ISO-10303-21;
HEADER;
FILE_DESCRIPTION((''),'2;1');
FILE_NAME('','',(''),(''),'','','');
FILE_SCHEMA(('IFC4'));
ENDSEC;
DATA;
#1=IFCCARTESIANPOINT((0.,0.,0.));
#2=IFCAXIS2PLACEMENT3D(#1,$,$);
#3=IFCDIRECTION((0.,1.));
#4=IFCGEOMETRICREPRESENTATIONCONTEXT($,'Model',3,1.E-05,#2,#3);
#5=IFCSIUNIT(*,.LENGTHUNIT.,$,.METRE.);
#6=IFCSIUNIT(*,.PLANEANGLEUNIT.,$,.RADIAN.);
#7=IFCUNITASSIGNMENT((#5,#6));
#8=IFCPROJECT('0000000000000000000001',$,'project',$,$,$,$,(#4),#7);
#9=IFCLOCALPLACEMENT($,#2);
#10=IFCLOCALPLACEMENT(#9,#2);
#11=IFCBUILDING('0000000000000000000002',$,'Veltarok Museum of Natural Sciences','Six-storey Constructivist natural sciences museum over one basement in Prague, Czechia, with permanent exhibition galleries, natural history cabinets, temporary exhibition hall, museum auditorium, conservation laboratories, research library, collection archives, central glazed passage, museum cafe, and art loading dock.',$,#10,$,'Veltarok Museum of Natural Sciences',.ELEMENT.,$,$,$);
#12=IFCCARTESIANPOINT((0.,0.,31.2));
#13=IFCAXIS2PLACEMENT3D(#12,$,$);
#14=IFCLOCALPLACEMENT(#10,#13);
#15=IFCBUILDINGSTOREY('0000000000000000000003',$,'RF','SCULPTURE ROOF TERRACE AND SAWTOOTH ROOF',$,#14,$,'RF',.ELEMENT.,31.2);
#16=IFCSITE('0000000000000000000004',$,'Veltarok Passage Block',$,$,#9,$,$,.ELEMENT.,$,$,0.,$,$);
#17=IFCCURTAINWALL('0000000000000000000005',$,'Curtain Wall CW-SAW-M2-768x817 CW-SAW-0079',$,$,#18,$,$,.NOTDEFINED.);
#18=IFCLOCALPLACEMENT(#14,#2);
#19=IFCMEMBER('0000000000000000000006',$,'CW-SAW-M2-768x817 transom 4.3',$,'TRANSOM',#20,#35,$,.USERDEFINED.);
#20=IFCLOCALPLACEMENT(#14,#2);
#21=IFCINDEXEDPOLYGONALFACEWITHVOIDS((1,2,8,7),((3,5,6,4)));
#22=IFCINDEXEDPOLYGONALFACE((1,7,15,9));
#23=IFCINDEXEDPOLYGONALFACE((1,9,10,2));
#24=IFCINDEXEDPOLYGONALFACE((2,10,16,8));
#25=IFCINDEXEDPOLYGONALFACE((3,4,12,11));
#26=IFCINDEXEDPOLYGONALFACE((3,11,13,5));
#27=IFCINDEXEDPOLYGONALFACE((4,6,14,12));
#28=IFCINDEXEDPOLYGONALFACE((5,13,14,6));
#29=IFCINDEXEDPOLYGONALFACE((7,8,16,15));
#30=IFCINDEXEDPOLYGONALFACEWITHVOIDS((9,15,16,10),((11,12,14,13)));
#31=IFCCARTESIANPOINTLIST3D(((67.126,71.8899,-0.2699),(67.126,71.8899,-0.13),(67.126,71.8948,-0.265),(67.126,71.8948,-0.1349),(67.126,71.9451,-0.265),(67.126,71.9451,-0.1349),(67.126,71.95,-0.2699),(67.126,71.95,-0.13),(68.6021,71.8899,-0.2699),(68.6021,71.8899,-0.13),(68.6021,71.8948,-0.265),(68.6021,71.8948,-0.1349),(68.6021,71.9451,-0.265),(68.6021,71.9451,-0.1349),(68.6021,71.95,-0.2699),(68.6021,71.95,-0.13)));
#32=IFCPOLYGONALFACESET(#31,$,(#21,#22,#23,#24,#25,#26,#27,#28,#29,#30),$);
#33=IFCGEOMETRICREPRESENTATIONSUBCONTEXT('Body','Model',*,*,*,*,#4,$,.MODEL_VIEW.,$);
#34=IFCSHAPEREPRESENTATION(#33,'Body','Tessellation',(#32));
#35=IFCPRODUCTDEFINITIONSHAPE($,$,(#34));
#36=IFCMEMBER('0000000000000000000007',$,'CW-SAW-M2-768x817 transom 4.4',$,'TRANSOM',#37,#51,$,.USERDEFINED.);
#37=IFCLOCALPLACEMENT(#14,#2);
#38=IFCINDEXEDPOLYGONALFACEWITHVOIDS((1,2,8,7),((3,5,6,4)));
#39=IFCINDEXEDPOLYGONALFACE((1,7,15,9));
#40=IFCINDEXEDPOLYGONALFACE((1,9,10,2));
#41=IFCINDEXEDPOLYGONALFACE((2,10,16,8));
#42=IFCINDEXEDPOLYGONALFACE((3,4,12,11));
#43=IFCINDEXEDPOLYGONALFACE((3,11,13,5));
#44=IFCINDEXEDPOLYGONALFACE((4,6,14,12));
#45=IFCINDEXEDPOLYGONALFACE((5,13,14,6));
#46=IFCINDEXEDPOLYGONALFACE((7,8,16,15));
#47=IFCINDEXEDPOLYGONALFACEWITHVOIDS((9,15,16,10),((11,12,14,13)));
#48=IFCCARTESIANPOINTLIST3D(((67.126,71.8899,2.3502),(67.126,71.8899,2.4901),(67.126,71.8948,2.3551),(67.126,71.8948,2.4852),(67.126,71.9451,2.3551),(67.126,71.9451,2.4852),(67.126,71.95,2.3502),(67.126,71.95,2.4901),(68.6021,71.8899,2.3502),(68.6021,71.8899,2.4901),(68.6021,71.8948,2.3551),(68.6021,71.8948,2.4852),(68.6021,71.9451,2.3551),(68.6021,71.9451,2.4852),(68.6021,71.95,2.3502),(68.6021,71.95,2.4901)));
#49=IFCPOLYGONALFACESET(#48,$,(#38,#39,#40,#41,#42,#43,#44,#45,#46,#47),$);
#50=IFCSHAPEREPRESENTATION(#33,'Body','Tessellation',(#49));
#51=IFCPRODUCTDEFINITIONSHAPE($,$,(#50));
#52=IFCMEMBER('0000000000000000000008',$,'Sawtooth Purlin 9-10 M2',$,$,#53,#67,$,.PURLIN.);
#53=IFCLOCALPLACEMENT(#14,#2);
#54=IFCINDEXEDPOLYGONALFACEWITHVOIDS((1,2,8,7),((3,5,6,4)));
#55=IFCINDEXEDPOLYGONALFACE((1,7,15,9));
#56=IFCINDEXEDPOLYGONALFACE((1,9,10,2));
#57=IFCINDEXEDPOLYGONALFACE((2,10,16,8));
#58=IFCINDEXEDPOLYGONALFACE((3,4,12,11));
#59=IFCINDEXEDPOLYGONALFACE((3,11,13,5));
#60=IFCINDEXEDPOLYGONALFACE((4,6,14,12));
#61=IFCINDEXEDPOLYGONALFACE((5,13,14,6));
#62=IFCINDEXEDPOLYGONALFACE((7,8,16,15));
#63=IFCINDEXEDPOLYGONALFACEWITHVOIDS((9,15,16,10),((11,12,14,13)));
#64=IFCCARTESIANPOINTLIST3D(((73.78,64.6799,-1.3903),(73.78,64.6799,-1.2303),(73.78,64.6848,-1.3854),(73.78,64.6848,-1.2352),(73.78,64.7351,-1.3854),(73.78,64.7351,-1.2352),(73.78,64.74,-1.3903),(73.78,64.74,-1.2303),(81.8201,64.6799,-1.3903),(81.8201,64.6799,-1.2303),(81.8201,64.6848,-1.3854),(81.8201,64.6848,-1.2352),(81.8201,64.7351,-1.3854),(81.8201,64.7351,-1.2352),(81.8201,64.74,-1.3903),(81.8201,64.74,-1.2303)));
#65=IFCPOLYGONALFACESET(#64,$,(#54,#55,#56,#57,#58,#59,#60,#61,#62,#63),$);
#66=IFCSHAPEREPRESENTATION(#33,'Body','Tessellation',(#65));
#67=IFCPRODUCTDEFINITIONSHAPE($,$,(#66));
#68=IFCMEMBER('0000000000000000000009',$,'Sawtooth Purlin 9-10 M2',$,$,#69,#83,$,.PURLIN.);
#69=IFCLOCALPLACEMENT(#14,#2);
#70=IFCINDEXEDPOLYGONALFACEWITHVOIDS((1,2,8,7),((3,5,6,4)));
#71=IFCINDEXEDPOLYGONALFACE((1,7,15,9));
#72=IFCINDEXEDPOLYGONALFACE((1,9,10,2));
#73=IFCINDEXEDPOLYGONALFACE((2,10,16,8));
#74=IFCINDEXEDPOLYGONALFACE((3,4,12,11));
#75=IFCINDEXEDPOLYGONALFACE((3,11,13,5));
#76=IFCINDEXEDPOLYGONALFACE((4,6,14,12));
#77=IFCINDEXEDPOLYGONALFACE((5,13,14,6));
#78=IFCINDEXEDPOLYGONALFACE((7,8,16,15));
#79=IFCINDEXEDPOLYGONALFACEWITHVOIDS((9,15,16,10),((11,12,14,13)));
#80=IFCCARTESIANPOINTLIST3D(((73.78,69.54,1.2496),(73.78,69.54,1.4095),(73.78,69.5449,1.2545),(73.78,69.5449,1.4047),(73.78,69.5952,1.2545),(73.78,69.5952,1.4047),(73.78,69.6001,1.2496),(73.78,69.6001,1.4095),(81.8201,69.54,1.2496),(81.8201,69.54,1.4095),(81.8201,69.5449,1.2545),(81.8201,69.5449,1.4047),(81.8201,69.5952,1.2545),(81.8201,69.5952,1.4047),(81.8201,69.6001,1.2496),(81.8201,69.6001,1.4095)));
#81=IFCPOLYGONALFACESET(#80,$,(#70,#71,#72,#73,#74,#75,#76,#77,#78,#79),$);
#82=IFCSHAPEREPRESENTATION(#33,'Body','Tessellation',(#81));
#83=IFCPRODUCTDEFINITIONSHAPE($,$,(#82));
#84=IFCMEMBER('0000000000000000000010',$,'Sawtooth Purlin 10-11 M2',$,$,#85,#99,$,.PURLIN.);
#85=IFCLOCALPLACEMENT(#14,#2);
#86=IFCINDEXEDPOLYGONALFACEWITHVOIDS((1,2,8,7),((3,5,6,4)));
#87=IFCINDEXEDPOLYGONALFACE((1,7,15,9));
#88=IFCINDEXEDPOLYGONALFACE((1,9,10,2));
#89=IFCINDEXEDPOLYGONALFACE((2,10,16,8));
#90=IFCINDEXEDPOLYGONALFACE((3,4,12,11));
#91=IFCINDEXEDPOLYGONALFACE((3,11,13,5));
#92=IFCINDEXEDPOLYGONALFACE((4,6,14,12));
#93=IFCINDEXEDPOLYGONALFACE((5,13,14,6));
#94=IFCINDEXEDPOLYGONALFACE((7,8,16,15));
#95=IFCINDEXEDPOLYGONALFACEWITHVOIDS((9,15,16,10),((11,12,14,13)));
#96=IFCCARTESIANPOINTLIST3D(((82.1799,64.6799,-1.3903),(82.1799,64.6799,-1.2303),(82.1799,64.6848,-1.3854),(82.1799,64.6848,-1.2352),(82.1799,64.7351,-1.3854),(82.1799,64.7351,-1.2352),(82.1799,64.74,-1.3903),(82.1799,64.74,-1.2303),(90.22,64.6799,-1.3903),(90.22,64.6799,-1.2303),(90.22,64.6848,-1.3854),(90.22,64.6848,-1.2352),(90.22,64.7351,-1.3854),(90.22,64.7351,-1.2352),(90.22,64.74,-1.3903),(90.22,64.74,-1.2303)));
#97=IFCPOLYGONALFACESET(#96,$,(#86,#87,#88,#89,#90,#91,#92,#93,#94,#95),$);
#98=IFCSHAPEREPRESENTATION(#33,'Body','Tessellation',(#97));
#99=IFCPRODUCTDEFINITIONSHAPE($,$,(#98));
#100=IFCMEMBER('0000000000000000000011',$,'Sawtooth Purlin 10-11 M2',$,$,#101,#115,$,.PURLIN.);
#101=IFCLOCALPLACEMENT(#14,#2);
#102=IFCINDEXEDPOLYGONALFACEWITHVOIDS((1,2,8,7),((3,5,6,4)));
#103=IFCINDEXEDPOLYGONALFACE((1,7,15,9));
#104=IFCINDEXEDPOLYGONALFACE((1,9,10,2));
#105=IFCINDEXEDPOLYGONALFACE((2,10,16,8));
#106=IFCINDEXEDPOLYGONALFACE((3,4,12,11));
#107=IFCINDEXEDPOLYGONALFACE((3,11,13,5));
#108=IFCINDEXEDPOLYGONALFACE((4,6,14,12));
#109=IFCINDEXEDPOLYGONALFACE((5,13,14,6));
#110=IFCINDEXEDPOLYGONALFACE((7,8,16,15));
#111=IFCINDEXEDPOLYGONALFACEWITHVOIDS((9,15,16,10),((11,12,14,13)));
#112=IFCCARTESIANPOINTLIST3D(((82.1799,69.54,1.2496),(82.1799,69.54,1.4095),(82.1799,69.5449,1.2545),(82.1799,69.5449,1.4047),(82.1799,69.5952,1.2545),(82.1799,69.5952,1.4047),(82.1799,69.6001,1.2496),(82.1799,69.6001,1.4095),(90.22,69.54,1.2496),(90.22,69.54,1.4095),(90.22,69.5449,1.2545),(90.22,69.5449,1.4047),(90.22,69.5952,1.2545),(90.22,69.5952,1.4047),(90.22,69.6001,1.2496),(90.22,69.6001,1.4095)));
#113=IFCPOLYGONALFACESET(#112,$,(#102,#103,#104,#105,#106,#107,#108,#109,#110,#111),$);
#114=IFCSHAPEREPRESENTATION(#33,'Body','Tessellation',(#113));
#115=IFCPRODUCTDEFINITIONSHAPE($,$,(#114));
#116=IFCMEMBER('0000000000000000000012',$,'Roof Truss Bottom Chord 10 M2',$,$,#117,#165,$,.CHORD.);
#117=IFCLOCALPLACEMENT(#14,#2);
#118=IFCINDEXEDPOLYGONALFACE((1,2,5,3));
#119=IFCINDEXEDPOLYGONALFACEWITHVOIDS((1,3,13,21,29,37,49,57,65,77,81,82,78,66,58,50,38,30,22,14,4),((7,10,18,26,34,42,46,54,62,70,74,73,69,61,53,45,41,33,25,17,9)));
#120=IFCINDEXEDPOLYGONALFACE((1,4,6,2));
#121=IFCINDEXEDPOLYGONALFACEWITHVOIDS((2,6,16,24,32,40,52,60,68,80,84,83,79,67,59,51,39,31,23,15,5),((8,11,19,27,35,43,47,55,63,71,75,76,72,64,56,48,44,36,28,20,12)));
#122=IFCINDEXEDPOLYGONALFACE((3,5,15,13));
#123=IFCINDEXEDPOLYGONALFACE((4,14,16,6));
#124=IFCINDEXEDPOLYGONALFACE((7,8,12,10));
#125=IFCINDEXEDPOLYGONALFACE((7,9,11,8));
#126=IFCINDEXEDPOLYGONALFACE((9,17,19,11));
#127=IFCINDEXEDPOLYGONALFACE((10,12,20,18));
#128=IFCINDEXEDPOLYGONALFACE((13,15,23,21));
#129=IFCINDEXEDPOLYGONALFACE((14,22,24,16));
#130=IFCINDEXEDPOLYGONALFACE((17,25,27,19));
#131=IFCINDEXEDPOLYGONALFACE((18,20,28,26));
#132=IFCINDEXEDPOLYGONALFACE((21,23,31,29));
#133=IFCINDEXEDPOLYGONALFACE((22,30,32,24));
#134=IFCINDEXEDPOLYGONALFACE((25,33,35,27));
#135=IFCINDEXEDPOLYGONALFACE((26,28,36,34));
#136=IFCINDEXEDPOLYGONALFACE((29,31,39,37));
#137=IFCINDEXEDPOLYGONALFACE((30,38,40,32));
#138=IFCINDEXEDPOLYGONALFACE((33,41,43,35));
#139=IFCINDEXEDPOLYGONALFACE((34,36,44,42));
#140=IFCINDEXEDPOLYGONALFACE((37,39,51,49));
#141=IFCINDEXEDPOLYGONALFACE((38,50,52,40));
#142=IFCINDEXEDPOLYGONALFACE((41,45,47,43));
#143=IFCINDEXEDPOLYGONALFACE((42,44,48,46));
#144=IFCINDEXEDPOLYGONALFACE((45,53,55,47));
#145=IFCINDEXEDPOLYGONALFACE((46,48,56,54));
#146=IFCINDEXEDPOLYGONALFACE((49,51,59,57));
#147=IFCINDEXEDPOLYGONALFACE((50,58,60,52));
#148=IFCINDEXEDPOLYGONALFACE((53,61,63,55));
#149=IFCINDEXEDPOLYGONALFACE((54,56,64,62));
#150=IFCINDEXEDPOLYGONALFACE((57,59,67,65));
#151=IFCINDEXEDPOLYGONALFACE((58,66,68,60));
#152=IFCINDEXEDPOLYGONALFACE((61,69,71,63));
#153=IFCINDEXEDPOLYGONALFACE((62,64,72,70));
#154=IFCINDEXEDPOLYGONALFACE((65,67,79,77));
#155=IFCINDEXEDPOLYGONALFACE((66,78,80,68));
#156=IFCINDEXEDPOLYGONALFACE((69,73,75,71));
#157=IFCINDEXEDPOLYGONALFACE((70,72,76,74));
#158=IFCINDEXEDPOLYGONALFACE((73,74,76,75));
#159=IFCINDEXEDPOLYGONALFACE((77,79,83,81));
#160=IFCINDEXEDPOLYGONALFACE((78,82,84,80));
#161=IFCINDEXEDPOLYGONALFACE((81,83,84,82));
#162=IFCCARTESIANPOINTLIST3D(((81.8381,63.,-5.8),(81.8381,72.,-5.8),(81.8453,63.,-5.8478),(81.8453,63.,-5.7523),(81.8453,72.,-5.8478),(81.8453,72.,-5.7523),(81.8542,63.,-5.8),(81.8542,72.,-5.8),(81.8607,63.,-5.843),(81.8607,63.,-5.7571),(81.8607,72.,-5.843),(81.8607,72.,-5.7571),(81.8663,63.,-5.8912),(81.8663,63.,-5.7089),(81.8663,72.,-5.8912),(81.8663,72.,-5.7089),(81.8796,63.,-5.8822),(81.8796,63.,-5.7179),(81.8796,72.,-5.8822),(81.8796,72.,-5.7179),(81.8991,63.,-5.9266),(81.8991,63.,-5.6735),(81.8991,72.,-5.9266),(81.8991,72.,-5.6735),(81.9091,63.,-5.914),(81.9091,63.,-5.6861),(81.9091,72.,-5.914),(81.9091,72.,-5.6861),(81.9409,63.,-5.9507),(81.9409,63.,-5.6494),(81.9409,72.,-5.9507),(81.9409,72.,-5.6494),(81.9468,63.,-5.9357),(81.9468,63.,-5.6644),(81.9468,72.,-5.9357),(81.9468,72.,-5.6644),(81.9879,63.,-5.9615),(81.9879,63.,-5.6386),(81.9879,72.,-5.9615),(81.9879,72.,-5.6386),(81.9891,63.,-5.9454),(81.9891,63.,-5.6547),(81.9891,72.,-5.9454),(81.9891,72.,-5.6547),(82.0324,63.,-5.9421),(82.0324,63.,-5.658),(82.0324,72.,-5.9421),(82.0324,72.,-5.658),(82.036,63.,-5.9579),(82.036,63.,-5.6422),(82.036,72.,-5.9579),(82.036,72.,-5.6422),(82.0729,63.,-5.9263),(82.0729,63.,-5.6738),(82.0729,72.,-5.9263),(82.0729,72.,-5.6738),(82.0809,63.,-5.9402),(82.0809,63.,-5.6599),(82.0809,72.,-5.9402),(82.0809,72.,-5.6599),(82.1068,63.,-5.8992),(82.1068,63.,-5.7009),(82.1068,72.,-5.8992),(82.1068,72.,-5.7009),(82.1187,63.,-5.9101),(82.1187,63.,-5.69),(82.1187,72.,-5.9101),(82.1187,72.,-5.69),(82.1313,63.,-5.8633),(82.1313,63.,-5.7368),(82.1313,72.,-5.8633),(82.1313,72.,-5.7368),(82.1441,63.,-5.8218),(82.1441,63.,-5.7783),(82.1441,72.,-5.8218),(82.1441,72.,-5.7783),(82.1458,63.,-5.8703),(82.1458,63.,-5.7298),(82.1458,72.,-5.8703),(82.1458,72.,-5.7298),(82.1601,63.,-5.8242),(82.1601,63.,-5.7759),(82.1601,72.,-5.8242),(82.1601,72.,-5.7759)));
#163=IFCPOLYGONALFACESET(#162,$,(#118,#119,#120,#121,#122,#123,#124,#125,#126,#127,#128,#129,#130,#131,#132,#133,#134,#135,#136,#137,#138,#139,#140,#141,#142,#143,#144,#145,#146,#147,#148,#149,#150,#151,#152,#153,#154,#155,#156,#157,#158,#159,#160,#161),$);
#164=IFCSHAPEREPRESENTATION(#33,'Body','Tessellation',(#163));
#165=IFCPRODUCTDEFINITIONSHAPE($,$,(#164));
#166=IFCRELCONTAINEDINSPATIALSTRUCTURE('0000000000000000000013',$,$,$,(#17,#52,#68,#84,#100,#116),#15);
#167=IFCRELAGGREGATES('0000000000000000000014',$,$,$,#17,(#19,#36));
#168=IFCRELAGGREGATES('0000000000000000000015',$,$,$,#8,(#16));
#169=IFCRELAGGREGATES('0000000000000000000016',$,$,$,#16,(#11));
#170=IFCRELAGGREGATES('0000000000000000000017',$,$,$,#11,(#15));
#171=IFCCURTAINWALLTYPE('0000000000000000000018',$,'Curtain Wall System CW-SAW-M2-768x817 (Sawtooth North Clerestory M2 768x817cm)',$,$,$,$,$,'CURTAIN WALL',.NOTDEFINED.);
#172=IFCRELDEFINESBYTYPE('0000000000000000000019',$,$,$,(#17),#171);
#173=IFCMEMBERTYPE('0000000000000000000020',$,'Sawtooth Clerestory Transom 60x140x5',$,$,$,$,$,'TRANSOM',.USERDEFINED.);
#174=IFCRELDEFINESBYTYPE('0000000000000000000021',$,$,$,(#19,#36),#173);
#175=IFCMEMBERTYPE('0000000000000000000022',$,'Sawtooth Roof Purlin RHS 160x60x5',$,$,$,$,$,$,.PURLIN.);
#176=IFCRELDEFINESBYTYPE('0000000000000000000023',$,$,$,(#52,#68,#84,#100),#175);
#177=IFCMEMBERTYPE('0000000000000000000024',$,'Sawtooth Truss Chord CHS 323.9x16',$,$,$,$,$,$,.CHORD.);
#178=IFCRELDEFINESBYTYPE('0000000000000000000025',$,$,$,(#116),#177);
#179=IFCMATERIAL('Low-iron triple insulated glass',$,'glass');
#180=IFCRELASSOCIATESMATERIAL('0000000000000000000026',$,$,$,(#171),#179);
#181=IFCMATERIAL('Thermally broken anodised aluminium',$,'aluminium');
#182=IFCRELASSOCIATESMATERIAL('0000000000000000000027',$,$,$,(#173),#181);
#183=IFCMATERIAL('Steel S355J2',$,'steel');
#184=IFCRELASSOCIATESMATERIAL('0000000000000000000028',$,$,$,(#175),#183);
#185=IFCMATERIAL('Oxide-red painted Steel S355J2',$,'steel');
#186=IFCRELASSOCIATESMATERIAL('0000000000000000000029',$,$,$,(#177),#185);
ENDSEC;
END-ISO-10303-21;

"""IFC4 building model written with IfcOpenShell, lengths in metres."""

from ifc_helpers import new_model, si_unit, direction, frame, origin, origin_2d, place, context, subcontext, project, spatial, hollow_rectangle, hollow_circle, extrude, material, material_profile, profile_set, type_object, element, aggregate, save


model = new_model("IFC4")

# Units and contexts
model_context = context("Model", 3, precision=1e-05, world=origin(), true_north=direction((0.0, 1.0)))
body_context = subcontext(model_context, "Body", "Model", "MODEL_VIEW")
ifc_project = project(units=[si_unit("LENGTHUNIT", "METRE"), si_unit("PLANEANGLEUNIT", "RADIAN")], contexts=[model_context])

# Site, building, storey
site_placement = place(None, origin())
site = spatial("IfcSite", under=ifc_project, at=site_placement, Name="Veltarok Passage Block", CompositionType="ELEMENT", RefElevation=0.0)
building_placement = place(site_placement, origin())
building = spatial("IfcBuilding", under=site, at=building_placement, Name="Veltarok Museum of Natural Sciences", Description="Six-storey Constructivist natural sciences museum over one basement in Prague, Czechia, with permanent exhibition galleries, natural history cabinets, temporary exhibition hall, museum auditorium, conservation laboratories, research library, collection archives, central glazed passage, museum cafe, and art loading dock.", LongName="Veltarok Museum of Natural Sciences", CompositionType="ELEMENT")
storey_placement = place(building_placement, frame((0.0, 0.0, 31.2)))
storey = spatial("IfcBuildingStorey", under=building, at=storey_placement, Name="RF", Description="SCULPTURE ROOF TERRACE AND SAWTOOTH ROOF", LongName="RF", CompositionType="ELEMENT", Elevation=31.2)

# Curtain wall, members
ifc_material_1 = material(Name="Low-iron triple insulated glass", Category="glass")
curtain_wall_type = type_object("IfcCurtainWallType", Name="Curtain Wall System CW-SAW-M2-768x817 (Sawtooth North Clerestory M2 768x817cm)", ElementType="CURTAIN WALL", PredefinedType="NOTDEFINED", material=ifc_material_1)
curtain_wall_placement = place(storey_placement, origin())
curtain_wall = element("IfcCurtainWall", 1, at=curtain_wall_placement, inside=storey, type_object=curtain_wall_type, Name="Curtain Wall CW-SAW-M2-768x817 CW-SAW-0079", PredefinedType="NOTDEFINED")
ifc_material_2 = material(Name="Thermally broken anodised aluminium", Category="aluminium")
ifc_material_profile_1 = material_profile(ifc_material_2, hollow_rectangle(XDim=0.0601, YDim=0.1399, WallThickness=0.0049, at=origin_2d()), Name="CW TRANSOM 60x140x5")
ifc_profile_set_1 = profile_set([ifc_material_profile_1], Name="Thermally broken anodised aluminium")
member_type_1 = type_object("IfcMemberType", Name="Sawtooth Clerestory Transom 60x140x5", ElementType="TRANSOM", PredefinedType="USERDEFINED", material=ifc_profile_set_1)
member_1_placement = place(storey_placement, frame((68.6021, 71.9199, -0.2), z_axis=(-1.0, 0.0, 0.0), x_axis=(0.0, -1.0, 0.0)))
member_1 = element("IfcMember", 2, at=member_1_placement, type_object=member_type_1, Name="CW-SAW-M2-768x817 transom 4.3", ObjectType="TRANSOM", PredefinedType="USERDEFINED", context=body_context, shape_type="SweptSolid", body=[
    extrude(hollow_rectangle(XDim=0.0601, YDim=0.1399, WallThickness=0.0049, at=origin_2d()), origin(), (0.0, 0.0, 1.0), 1.4761),
])
member_2_placement = place(storey_placement, frame((68.6021, 71.9199, 2.4202), z_axis=(-1.0, 0.0, 0.0), x_axis=(0.0, -1.0, 0.0)))
member_2 = element("IfcMember", 3, at=member_2_placement, type_object=member_type_1, Name="CW-SAW-M2-768x817 transom 4.4", ObjectType="TRANSOM", PredefinedType="USERDEFINED", context=body_context, shape_type="SweptSolid", body=[
    extrude(hollow_rectangle(XDim=0.0601, YDim=0.1399, WallThickness=0.0049, at=origin_2d()), origin(), (0.0, 0.0, 1.0), 1.4761),
])

# Members
ifc_material_3 = material(Name="Steel S355J2", Category="steel")
ifc_material_profile_2 = material_profile(ifc_material_3, hollow_rectangle(XDim=0.0601, YDim=0.1599, WallThickness=0.0049, at=origin_2d()), Name="RHS 160x60x5")
ifc_profile_set_2 = profile_set([ifc_material_profile_2], Name="Steel S355J2")
member_type_2 = type_object("IfcMemberType", Name="Sawtooth Roof Purlin RHS 160x60x5", PredefinedType="PURLIN", material=ifc_profile_set_2)
for number, where, z_axis, x_axis, name in (
    (4, (73.78, 64.71, -1.3103), (1.0, 0.0, 0.0), (0.0, 1.0, 0.0), "Sawtooth Purlin 9-10 M2"),
    (5, (73.78, 69.5701, 1.3296), (1.0, 0.0, 0.0), (0.0, 1.0, 0.0), "Sawtooth Purlin 9-10 M2"),
    (6, (82.1799, 64.71, -1.3103), (1.0, 0.0, 0.0), (0.0, 1.0, 0.0), "Sawtooth Purlin 10-11 M2"),
    (7, (82.1799, 69.5701, 1.3296), (1.0, 0.0, 0.0), (0.0, 1.0, 0.0), "Sawtooth Purlin 10-11 M2"),
):
    element("IfcMember", number, at=place(storey_placement, frame(where, z_axis=z_axis, x_axis=x_axis)), inside=storey, type_object=member_type_2, Name=name, PredefinedType="PURLIN", context=body_context, shape_type="SweptSolid", body=[
        extrude(hollow_rectangle(XDim=0.0601, YDim=0.1599, WallThickness=0.0049, at=origin_2d()), origin(), (0.0, 0.0, 1.0), 8.04),
    ])
ifc_material_4 = material(Name="Oxide-red painted Steel S355J2", Category="steel")
ifc_material_profile_3 = material_profile(ifc_material_4, hollow_circle(Radius=0.1619, WallThickness=0.0161, at=origin_2d()), Name="CHS 323.9x16")
ifc_profile_set_3 = profile_set([ifc_material_profile_3], Name="Oxide-red painted Steel S355J2")
member_type_3 = type_object("IfcMemberType", Name="Sawtooth Truss Chord CHS 323.9x16", PredefinedType="CHORD", material=ifc_profile_set_3)
member_3_placement = place(storey_placement, frame((82.0, 63.0, -5.8), z_axis=(0.0, 1.0, 0.0), x_axis=(-1.0, 0.0, 0.0)))
element("IfcMember", 8, at=member_3_placement, inside=storey, type_object=member_type_3, Name="Roof Truss Bottom Chord 10 M2", PredefinedType="CHORD", context=body_context, shape_type="SweptSolid", body=[
    extrude(hollow_circle(Radius=0.1619, WallThickness=0.0161, at=origin_2d()), origin(), (0.0, 0.0, 1.0), 9.0),
])

aggregate(curtain_wall, [member_1, member_2])

save(model, "model.ifc")
